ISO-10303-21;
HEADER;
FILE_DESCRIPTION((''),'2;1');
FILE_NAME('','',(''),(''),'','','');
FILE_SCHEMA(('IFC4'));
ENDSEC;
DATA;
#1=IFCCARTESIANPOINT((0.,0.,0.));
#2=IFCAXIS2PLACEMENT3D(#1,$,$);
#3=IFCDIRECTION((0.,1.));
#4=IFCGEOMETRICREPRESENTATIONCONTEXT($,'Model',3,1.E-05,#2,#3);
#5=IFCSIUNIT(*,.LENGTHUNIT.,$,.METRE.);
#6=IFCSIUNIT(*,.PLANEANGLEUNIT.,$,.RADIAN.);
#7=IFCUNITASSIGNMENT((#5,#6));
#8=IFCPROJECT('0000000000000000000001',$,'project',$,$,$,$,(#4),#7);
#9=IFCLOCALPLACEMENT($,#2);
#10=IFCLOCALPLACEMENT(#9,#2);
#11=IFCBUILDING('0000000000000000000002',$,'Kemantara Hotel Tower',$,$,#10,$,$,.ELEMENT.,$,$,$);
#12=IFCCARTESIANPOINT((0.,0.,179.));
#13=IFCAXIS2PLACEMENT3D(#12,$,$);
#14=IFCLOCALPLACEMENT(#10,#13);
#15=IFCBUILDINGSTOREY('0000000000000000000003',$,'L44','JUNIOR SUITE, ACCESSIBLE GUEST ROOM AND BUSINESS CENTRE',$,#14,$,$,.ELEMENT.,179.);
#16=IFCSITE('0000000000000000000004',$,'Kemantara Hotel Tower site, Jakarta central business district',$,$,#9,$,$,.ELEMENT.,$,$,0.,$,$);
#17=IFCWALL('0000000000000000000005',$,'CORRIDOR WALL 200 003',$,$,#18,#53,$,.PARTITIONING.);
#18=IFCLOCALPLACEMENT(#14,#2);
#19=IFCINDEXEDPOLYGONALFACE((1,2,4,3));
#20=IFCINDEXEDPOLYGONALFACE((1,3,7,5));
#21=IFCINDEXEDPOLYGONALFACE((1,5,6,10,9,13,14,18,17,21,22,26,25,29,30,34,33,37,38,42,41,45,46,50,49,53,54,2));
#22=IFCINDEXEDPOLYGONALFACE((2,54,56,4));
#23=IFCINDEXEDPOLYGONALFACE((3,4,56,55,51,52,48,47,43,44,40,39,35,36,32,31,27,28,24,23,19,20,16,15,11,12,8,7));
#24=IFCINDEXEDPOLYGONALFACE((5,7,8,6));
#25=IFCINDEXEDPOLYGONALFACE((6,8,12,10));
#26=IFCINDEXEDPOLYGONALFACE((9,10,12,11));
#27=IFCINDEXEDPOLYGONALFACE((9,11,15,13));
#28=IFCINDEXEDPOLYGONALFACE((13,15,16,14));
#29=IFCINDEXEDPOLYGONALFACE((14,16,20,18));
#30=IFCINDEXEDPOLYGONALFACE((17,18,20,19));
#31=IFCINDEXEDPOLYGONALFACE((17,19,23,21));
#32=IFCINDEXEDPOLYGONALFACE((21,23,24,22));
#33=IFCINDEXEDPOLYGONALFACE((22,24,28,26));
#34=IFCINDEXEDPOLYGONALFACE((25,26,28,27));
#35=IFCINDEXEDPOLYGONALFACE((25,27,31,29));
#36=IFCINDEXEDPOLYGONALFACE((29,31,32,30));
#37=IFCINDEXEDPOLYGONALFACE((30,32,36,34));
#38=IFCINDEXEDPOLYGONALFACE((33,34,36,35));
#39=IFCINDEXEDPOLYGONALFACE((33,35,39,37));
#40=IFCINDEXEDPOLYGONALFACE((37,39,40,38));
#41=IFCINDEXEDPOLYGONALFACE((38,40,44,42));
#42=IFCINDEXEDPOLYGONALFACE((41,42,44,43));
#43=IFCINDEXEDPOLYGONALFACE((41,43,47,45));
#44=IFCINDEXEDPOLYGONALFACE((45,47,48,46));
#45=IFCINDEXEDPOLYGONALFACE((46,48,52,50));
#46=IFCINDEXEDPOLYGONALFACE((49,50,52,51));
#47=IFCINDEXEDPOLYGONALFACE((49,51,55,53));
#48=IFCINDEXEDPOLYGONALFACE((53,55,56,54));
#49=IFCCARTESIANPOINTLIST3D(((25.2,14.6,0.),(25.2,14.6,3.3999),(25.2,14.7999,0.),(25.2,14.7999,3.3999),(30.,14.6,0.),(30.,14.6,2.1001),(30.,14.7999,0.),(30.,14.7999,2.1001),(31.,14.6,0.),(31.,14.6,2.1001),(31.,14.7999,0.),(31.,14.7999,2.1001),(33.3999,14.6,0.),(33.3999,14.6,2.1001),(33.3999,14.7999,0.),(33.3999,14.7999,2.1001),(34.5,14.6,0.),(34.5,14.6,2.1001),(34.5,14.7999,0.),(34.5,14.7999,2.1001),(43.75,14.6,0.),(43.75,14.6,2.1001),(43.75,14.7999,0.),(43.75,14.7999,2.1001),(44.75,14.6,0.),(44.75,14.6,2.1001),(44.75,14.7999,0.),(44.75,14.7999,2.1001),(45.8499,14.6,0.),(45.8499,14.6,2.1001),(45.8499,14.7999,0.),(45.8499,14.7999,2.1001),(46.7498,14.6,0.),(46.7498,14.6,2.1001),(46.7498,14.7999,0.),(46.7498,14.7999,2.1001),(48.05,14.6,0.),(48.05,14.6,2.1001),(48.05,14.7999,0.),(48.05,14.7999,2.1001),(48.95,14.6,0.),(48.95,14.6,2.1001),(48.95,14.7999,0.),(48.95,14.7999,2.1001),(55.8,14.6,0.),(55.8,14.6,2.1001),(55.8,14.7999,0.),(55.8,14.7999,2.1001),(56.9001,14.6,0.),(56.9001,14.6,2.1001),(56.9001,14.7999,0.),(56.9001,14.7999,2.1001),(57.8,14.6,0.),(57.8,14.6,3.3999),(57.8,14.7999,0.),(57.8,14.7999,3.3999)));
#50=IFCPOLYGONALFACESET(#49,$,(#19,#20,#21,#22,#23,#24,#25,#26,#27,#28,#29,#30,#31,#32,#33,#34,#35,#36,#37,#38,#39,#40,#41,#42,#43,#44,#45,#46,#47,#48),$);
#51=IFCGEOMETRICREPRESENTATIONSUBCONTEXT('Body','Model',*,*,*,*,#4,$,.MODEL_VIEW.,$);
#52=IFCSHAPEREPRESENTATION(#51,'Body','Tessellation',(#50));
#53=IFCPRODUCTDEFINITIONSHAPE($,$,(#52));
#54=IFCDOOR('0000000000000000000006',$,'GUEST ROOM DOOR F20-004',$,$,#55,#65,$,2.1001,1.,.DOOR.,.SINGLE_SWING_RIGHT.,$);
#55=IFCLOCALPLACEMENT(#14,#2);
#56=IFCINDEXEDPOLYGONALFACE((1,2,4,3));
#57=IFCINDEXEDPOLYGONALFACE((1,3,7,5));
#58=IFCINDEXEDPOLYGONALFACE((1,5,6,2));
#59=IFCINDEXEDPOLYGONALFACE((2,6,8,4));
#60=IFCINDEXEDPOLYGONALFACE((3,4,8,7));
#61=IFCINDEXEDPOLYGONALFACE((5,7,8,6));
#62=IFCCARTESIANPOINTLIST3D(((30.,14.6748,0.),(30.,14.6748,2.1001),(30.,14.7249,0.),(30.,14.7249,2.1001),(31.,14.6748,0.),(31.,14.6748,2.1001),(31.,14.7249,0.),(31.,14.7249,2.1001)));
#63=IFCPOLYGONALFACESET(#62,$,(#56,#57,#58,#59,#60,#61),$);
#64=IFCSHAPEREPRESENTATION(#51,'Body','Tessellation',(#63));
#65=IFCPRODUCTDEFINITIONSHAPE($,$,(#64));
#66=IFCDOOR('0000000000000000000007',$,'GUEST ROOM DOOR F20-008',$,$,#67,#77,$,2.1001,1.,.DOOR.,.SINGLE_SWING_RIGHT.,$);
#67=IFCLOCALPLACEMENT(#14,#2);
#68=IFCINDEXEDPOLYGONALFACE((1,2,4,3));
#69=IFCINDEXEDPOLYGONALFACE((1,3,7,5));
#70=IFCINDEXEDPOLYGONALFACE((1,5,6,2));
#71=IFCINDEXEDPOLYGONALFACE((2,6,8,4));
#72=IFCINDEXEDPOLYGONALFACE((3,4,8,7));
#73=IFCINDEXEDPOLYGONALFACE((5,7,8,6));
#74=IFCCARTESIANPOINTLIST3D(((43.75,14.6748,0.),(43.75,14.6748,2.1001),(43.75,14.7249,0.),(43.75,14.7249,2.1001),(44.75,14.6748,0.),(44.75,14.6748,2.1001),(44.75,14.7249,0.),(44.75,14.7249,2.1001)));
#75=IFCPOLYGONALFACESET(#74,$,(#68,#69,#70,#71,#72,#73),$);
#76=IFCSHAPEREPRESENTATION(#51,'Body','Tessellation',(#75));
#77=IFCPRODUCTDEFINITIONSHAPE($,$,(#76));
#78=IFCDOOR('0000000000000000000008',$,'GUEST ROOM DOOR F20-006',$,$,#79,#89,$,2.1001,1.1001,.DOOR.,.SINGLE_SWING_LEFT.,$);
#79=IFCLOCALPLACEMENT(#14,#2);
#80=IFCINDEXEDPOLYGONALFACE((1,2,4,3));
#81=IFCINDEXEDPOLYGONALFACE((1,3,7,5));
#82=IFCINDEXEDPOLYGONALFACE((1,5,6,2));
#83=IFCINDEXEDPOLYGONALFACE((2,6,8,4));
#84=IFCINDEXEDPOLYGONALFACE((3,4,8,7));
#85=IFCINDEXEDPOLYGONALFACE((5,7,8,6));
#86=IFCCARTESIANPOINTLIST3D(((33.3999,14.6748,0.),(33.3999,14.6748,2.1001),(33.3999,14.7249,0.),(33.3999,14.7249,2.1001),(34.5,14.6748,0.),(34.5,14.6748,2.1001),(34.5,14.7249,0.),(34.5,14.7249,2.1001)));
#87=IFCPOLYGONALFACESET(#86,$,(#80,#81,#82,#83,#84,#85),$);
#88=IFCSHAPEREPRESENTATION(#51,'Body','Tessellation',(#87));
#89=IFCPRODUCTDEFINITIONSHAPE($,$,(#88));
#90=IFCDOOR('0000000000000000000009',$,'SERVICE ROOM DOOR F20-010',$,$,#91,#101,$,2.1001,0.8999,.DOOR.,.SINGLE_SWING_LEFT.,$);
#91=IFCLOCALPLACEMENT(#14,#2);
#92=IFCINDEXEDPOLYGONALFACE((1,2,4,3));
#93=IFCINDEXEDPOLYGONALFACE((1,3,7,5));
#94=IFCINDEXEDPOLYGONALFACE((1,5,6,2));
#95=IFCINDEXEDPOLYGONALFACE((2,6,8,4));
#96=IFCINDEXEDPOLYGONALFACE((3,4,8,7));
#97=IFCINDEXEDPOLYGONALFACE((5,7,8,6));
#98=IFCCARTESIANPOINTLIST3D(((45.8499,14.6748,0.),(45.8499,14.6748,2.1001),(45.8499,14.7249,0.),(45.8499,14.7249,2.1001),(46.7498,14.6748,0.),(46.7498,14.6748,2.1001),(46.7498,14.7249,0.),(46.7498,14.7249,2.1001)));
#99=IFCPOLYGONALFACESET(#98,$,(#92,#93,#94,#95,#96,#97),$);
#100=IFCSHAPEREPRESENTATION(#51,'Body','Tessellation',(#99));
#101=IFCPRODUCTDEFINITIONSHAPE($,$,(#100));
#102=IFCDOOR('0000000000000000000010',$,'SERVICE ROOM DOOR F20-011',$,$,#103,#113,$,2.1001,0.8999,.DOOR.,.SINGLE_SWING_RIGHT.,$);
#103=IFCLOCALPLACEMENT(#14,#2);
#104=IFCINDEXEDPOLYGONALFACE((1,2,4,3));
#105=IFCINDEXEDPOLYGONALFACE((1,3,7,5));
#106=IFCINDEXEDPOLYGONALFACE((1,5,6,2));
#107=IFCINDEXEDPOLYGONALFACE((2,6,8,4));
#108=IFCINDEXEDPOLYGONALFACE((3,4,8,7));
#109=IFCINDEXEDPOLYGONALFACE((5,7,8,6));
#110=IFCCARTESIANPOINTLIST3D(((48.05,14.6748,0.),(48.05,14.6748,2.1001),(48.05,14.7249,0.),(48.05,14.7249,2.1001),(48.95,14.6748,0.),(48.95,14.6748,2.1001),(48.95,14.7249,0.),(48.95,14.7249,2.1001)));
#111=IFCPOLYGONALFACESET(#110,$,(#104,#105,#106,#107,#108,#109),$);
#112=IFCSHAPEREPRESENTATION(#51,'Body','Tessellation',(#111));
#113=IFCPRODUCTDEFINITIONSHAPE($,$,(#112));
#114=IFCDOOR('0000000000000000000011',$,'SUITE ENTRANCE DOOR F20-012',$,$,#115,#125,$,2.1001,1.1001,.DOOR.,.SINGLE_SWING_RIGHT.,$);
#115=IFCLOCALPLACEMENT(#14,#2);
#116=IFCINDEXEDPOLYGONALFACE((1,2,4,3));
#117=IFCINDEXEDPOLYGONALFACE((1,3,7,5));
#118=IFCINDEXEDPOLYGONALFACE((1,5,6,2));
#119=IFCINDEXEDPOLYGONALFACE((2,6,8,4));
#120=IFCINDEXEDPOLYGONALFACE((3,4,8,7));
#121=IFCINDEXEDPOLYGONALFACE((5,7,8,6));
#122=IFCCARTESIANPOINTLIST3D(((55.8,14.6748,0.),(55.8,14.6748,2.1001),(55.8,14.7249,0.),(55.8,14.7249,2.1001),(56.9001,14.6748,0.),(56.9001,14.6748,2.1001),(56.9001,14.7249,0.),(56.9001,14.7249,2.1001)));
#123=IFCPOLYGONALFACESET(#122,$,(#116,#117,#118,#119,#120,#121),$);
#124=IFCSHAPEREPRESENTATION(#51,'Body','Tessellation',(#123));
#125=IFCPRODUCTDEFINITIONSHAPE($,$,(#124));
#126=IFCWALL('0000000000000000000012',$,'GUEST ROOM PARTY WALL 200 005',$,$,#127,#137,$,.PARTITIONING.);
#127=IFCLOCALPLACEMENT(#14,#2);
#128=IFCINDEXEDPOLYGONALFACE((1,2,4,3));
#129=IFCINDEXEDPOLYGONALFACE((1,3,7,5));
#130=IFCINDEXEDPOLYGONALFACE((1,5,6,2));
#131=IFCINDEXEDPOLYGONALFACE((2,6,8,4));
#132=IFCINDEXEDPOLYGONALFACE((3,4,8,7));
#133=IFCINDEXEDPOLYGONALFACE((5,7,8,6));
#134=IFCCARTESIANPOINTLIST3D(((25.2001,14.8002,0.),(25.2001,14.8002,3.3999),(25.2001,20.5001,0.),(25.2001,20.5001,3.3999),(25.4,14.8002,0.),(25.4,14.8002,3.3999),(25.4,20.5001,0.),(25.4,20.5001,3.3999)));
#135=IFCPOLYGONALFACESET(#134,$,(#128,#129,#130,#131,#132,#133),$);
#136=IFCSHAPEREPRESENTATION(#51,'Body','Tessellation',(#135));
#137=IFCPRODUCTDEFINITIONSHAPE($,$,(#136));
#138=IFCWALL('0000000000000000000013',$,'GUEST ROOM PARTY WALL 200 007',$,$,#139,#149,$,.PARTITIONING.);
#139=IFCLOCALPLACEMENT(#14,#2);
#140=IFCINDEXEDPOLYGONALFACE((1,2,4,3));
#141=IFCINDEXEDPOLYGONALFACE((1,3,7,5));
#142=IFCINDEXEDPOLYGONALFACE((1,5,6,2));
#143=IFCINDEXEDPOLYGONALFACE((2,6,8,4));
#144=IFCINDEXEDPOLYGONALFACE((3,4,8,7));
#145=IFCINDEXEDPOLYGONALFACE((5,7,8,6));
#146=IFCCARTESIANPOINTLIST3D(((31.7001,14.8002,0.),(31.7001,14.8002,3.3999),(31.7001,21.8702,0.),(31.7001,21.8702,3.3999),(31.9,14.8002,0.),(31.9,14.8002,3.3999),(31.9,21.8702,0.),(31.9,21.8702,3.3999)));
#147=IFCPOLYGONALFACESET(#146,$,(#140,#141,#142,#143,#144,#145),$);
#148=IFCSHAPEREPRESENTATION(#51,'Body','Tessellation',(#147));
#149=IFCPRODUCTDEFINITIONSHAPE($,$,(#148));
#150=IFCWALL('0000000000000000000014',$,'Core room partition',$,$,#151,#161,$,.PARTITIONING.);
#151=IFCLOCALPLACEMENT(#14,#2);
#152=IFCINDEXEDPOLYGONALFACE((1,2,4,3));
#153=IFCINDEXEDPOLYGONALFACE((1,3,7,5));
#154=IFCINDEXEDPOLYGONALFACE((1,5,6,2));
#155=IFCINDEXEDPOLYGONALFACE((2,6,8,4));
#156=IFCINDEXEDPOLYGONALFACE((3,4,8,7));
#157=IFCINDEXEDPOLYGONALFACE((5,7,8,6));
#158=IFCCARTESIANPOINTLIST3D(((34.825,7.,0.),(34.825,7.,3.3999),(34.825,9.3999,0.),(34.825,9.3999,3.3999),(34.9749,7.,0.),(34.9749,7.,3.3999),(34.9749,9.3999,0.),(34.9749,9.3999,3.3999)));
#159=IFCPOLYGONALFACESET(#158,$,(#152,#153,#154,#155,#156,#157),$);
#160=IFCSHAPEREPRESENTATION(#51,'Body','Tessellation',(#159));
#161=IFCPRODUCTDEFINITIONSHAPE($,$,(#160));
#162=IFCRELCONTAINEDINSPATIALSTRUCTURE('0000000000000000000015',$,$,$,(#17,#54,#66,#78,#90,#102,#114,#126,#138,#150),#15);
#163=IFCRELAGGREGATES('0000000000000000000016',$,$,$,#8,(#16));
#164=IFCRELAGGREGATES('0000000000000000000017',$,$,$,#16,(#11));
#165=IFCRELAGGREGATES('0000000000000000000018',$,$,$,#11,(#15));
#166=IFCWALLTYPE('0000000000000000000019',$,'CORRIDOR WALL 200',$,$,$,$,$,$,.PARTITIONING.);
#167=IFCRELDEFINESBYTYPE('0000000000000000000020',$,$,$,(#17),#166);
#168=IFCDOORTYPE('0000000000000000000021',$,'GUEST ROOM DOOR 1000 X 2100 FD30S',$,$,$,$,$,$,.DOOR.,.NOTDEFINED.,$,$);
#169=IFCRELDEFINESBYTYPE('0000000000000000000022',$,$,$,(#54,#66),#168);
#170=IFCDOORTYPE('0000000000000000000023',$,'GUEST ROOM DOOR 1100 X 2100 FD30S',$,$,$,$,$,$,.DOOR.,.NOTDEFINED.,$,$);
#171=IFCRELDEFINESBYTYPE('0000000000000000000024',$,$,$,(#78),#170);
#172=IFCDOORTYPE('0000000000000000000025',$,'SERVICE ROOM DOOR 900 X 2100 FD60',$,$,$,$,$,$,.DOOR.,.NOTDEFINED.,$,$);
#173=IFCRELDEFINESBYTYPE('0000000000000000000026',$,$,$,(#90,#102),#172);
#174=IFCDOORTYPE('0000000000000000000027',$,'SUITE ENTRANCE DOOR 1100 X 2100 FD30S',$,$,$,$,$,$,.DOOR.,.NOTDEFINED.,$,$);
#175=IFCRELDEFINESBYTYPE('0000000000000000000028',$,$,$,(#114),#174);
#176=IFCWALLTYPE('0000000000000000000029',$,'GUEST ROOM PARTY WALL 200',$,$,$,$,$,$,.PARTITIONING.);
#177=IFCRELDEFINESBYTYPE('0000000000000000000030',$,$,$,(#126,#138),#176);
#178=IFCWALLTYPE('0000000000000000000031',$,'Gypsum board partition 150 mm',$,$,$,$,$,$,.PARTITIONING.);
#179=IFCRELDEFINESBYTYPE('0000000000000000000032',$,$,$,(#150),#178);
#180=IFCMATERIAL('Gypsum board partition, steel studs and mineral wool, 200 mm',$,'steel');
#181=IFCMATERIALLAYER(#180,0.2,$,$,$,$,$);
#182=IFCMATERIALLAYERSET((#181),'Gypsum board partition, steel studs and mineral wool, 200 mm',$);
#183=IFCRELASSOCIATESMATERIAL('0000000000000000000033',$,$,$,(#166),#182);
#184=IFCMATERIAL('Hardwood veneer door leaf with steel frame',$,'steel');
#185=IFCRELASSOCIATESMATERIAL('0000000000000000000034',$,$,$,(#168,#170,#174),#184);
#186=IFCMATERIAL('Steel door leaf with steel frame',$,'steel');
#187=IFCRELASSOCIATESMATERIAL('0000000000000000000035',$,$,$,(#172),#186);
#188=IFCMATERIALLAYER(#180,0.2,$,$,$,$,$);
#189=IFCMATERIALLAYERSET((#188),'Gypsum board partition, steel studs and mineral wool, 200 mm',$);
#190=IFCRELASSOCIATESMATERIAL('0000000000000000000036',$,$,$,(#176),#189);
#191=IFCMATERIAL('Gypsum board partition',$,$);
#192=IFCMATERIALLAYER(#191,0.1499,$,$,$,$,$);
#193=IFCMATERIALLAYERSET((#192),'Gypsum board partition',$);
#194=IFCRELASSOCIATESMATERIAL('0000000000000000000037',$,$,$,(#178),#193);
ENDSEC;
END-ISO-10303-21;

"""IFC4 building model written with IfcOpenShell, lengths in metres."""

from ifc_helpers import new_model, si_unit, direction, frame, frame_2d, origin, place, context, subcontext, project, spatial, rectangle, extrude, material, layer, layer_set, type_object, element, fill, save


model = new_model("IFC4")

# Units and contexts
model_context = context("Model", 3, precision=1e-05, world=origin(), true_north=direction((0.0, 1.0)))
body_context = subcontext(model_context, "Body", "Model", "MODEL_VIEW")
ifc_project = project(units=[si_unit("LENGTHUNIT", "METRE"), si_unit("PLANEANGLEUNIT", "RADIAN")], contexts=[model_context])

# Site, building, storey
site_placement = place(None, origin())
site = spatial("IfcSite", under=ifc_project, at=site_placement, Name="Kemantara Hotel Tower site, Jakarta central business district", CompositionType="ELEMENT", RefElevation=0.0)
building_placement = place(site_placement, origin())
building = spatial("IfcBuilding", under=site, at=building_placement, Name="Kemantara Hotel Tower", CompositionType="ELEMENT")
storey_placement = place(building_placement, frame((0.0, 0.0, 179.0)))
storey = spatial("IfcBuildingStorey", under=building, at=storey_placement, Name="L44", Description="JUNIOR SUITE, ACCESSIBLE GUEST ROOM AND BUSINESS CENTRE", CompositionType="ELEMENT", Elevation=179.0)

# Wall, openings, doors
ifc_material_1 = material(Name="Gypsum board partition, steel studs and mineral wool, 200 mm", Category="steel")
ifc_layer_1 = layer(ifc_material_1, 0.2)
ifc_layer_set_1 = layer_set([ifc_layer_1], Name="Gypsum board partition, steel studs and mineral wool, 200 mm")
wall_type_1 = type_object("IfcWallType", Name="CORRIDOR WALL 200", PredefinedType="PARTITIONING", material=ifc_layer_set_1)
wall_1_placement = place(storey_placement, frame((25.2, 14.7, 0.0), z_axis=(0.0, 0.0, 1.0), x_axis=(1.0, 0.0, 0.0)))
wall_1 = element("IfcWall", 1, at=wall_1_placement, inside=storey, type_object=wall_type_1, Name="CORRIDOR WALL 200 003", PredefinedType="PARTITIONING", context=body_context, shape_type="SweptSolid", body=[
    extrude(rectangle(XDim=32.6001, YDim=0.2, at=frame_2d((16.3, 0.0))), origin(), (0.0, 0.0, 1.0), 3.3999),
])
opening_1_placement = place(wall_1_placement, frame((4.8, 0.0, 0.0)))
opening_1 = element("IfcOpeningElement", 2, at=opening_1_placement, cuts=wall_1, PredefinedType="OPENING", context=body_context, shape_type="SweptSolid", body=[
    extrude(rectangle(XDim=1.0, YDim=2.1001, at=frame_2d((0.5, 1.05))), frame((0.0, 0.1099, 0.0), z_axis=(0.0, -1.0, 0.0), x_axis=(1.0, 0.0, 0.0)), (0.0, 0.0, 1.0), 0.22),
])
opening_2_placement = place(wall_1_placement, frame((8.2, 0.0, 0.0)))
opening_2 = element("IfcOpeningElement", 3, at=opening_2_placement, cuts=wall_1, PredefinedType="OPENING", context=body_context, shape_type="SweptSolid", body=[
    extrude(rectangle(XDim=1.1001, YDim=2.1001, at=frame_2d((0.55, 1.05))), frame((0.0, 0.1099, 0.0), z_axis=(0.0, -1.0, 0.0), x_axis=(1.0, 0.0, 0.0)), (0.0, 0.0, 1.0), 0.22),
])
opening_3_placement = place(wall_1_placement, frame((18.55, 0.0, 0.0)))
opening_3 = element("IfcOpeningElement", 4, at=opening_3_placement, cuts=wall_1, PredefinedType="OPENING", context=body_context, shape_type="SweptSolid", body=[
    extrude(rectangle(XDim=1.0, YDim=2.1001, at=frame_2d((0.5, 1.05))), frame((0.0, 0.1099, 0.0), z_axis=(0.0, -1.0, 0.0), x_axis=(1.0, 0.0, 0.0)), (0.0, 0.0, 1.0), 0.22),
])
opening_4_placement = place(wall_1_placement, frame((20.6499, 0.0, 0.0)))
opening_4 = element("IfcOpeningElement", 5, at=opening_4_placement, cuts=wall_1, PredefinedType="OPENING", context=body_context, shape_type="SweptSolid", body=[
    extrude(rectangle(XDim=0.8999, YDim=2.1001, at=frame_2d((0.45, 1.05))), frame((0.0, 0.1099, 0.0), z_axis=(0.0, -1.0, 0.0), x_axis=(1.0, 0.0, 0.0)), (0.0, 0.0, 1.0), 0.22),
])
opening_5_placement = place(wall_1_placement, frame((22.8501, 0.0, 0.0)))
opening_5 = element("IfcOpeningElement", 6, at=opening_5_placement, cuts=wall_1, PredefinedType="OPENING", context=body_context, shape_type="SweptSolid", body=[
    extrude(rectangle(XDim=0.8999, YDim=2.1001, at=frame_2d((0.45, 1.05))), frame((0.0, 0.1099, 0.0), z_axis=(0.0, -1.0, 0.0), x_axis=(1.0, 0.0, 0.0)), (0.0, 0.0, 1.0), 0.22),
])
opening_6_placement = place(wall_1_placement, frame((30.6001, 0.0, 0.0)))
opening_6 = element("IfcOpeningElement", 7, at=opening_6_placement, cuts=wall_1, PredefinedType="OPENING", context=body_context, shape_type="SweptSolid", body=[
    extrude(rectangle(XDim=1.1001, YDim=2.1001, at=frame_2d((0.55, 1.05))), frame((0.0, 0.1099, 0.0), z_axis=(0.0, -1.0, 0.0), x_axis=(1.0, 0.0, 0.0)), (0.0, 0.0, 1.0), 0.22),
])
ifc_material_2 = material(Name="Hardwood veneer door leaf with steel frame", Category="steel")
door_type_1 = type_object("IfcDoorType", Name="GUEST ROOM DOOR 1000 X 2100 FD30S", OperationType="NOTDEFINED", PredefinedType="DOOR", material=ifc_material_2)
door_1_placement = place(opening_1_placement, origin())
door_1 = element("IfcDoor", 8, at=door_1_placement, inside=storey, type_object=door_type_1, Name="GUEST ROOM DOOR F20-004", OperationType="SINGLE_SWING_RIGHT", OverallHeight=2.1001, OverallWidth=1.0, PredefinedType="DOOR", context=body_context, shape_type="SweptSolid", body=[
    extrude(rectangle(XDim=1.0, YDim=2.1001, at=frame_2d((0.5, 1.05))), frame((0.0, 0.0249, 0.0), z_axis=(0.0, -1.0, 0.0), x_axis=(1.0, 0.0, 0.0)), (0.0, 0.0, 1.0), 0.05),
])
fill(opening_1, door_1)
door_2_placement = place(opening_3_placement, origin())
door_2 = element("IfcDoor", 9, at=door_2_placement, inside=storey, type_object=door_type_1, Name="GUEST ROOM DOOR F20-008", OperationType="SINGLE_SWING_RIGHT", OverallHeight=2.1001, OverallWidth=1.0, PredefinedType="DOOR", context=body_context, shape_type="SweptSolid", body=[
    extrude(rectangle(XDim=1.0, YDim=2.1001, at=frame_2d((0.5, 1.05))), frame((0.0, 0.0249, 0.0), z_axis=(0.0, -1.0, 0.0), x_axis=(1.0, 0.0, 0.0)), (0.0, 0.0, 1.0), 0.05),
])
fill(opening_3, door_2)
door_type_2 = type_object("IfcDoorType", Name="GUEST ROOM DOOR 1100 X 2100 FD30S", OperationType="NOTDEFINED", PredefinedType="DOOR", material=ifc_material_2)
door_3_placement = place(opening_2_placement, origin())
door_3 = element("IfcDoor", 10, at=door_3_placement, inside=storey, type_object=door_type_2, Name="GUEST ROOM DOOR F20-006", OperationType="SINGLE_SWING_LEFT", OverallHeight=2.1001, OverallWidth=1.1001, PredefinedType="DOOR", context=body_context, shape_type="SweptSolid", body=[
    extrude(rectangle(XDim=1.1001, YDim=2.1001, at=frame_2d((0.55, 1.05))), frame((0.0, 0.0249, 0.0), z_axis=(0.0, -1.0, 0.0), x_axis=(1.0, 0.0, 0.0)), (0.0, 0.0, 1.0), 0.05),
])
fill(opening_2, door_3)
ifc_material_3 = material(Name="Steel door leaf with steel frame", Category="steel")
door_type_3 = type_object("IfcDoorType", Name="SERVICE ROOM DOOR 900 X 2100 FD60", OperationType="NOTDEFINED", PredefinedType="DOOR", material=ifc_material_3)
door_4_placement = place(opening_4_placement, origin())
door_4 = element("IfcDoor", 11, at=door_4_placement, inside=storey, type_object=door_type_3, Name="SERVICE ROOM DOOR F20-010", OperationType="SINGLE_SWING_LEFT", OverallHeight=2.1001, OverallWidth=0.8999, PredefinedType="DOOR", context=body_context, shape_type="SweptSolid", body=[
    extrude(rectangle(XDim=0.8999, YDim=2.1001, at=frame_2d((0.45, 1.05))), frame((0.0, 0.0249, 0.0), z_axis=(0.0, -1.0, 0.0), x_axis=(1.0, 0.0, 0.0)), (0.0, 0.0, 1.0), 0.05),
])
fill(opening_4, door_4)
door_5_placement = place(opening_5_placement, origin())
door_5 = element("IfcDoor", 12, at=door_5_placement, inside=storey, type_object=door_type_3, Name="SERVICE ROOM DOOR F20-011", OperationType="SINGLE_SWING_RIGHT", OverallHeight=2.1001, OverallWidth=0.8999, PredefinedType="DOOR", context=body_context, shape_type="SweptSolid", body=[
    extrude(rectangle(XDim=0.8999, YDim=2.1001, at=frame_2d((0.45, 1.05))), frame((0.0, 0.0249, 0.0), z_axis=(0.0, -1.0, 0.0), x_axis=(1.0, 0.0, 0.0)), (0.0, 0.0, 1.0), 0.05),
])
fill(opening_5, door_5)
door_type_4 = type_object("IfcDoorType", Name="SUITE ENTRANCE DOOR 1100 X 2100 FD30S", OperationType="NOTDEFINED", PredefinedType="DOOR", material=ifc_material_2)
door_6_placement = place(opening_6_placement, origin())
door_6 = element("IfcDoor", 13, at=door_6_placement, inside=storey, type_object=door_type_4, Name="SUITE ENTRANCE DOOR F20-012", OperationType="SINGLE_SWING_RIGHT", OverallHeight=2.1001, OverallWidth=1.1001, PredefinedType="DOOR", context=body_context, shape_type="SweptSolid", body=[
    extrude(rectangle(XDim=1.1001, YDim=2.1001, at=frame_2d((0.55, 1.05))), frame((0.0, 0.0249, 0.0), z_axis=(0.0, -1.0, 0.0), x_axis=(1.0, 0.0, 0.0)), (0.0, 0.0, 1.0), 0.05),
])
fill(opening_6, door_6)

# Walls
ifc_layer_2 = layer(ifc_material_1, 0.2)
ifc_layer_set_2 = layer_set([ifc_layer_2], Name="Gypsum board partition, steel studs and mineral wool, 200 mm")
wall_type_2 = type_object("IfcWallType", Name="GUEST ROOM PARTY WALL 200", PredefinedType="PARTITIONING", material=ifc_layer_set_2)
wall_2_placement = place(storey_placement, frame((25.3, 14.8, 0.0), z_axis=(0.0, 0.0, 1.0), x_axis=(0.0, 1.0, 0.0)))
element("IfcWall", 14, at=wall_2_placement, inside=storey, type_object=wall_type_2, Name="GUEST ROOM PARTY WALL 200 005", PredefinedType="PARTITIONING", context=body_context, shape_type="SweptSolid", body=[
    extrude(rectangle(XDim=5.7, YDim=0.2, at=frame_2d((2.8501, 0.0))), origin(), (0.0, 0.0, 1.0), 3.3999),
])
wall_3_placement = place(storey_placement, frame((31.8, 14.8, 0.0), z_axis=(0.0, 0.0, 1.0), x_axis=(0.0, 1.0, 0.0)))
element("IfcWall", 15, at=wall_3_placement, inside=storey, type_object=wall_type_2, Name="GUEST ROOM PARTY WALL 200 007", PredefinedType="PARTITIONING", context=body_context, shape_type="SweptSolid", body=[
    extrude(rectangle(XDim=7.0701, YDim=0.2, at=frame_2d((3.5352, 0.0))), origin(), (0.0, 0.0, 1.0), 3.3999),
])
ifc_material_4 = material(Name="Gypsum board partition")
ifc_layer_3 = layer(ifc_material_4, 0.1499)
ifc_layer_set_3 = layer_set([ifc_layer_3], Name="Gypsum board partition")
wall_type_3 = type_object("IfcWallType", Name="Gypsum board partition 150 mm", PredefinedType="PARTITIONING", material=ifc_layer_set_3)
wall_4_placement = place(storey_placement, frame((34.8999, 7.0, 0.0), z_axis=(0.0, 0.0, 1.0), x_axis=(0.0, 1.0, 0.0)))
element("IfcWall", 16, at=wall_4_placement, inside=storey, type_object=wall_type_3, Name="Core room partition", PredefinedType="PARTITIONING", context=body_context, shape_type="SweptSolid", body=[
    extrude(rectangle(XDim=2.3999, YDim=0.1499, at=frame_2d((1.2, 0.0))), origin(), (0.0, 0.0, 1.0), 3.3999),
])

save(model, "model.ifc")
